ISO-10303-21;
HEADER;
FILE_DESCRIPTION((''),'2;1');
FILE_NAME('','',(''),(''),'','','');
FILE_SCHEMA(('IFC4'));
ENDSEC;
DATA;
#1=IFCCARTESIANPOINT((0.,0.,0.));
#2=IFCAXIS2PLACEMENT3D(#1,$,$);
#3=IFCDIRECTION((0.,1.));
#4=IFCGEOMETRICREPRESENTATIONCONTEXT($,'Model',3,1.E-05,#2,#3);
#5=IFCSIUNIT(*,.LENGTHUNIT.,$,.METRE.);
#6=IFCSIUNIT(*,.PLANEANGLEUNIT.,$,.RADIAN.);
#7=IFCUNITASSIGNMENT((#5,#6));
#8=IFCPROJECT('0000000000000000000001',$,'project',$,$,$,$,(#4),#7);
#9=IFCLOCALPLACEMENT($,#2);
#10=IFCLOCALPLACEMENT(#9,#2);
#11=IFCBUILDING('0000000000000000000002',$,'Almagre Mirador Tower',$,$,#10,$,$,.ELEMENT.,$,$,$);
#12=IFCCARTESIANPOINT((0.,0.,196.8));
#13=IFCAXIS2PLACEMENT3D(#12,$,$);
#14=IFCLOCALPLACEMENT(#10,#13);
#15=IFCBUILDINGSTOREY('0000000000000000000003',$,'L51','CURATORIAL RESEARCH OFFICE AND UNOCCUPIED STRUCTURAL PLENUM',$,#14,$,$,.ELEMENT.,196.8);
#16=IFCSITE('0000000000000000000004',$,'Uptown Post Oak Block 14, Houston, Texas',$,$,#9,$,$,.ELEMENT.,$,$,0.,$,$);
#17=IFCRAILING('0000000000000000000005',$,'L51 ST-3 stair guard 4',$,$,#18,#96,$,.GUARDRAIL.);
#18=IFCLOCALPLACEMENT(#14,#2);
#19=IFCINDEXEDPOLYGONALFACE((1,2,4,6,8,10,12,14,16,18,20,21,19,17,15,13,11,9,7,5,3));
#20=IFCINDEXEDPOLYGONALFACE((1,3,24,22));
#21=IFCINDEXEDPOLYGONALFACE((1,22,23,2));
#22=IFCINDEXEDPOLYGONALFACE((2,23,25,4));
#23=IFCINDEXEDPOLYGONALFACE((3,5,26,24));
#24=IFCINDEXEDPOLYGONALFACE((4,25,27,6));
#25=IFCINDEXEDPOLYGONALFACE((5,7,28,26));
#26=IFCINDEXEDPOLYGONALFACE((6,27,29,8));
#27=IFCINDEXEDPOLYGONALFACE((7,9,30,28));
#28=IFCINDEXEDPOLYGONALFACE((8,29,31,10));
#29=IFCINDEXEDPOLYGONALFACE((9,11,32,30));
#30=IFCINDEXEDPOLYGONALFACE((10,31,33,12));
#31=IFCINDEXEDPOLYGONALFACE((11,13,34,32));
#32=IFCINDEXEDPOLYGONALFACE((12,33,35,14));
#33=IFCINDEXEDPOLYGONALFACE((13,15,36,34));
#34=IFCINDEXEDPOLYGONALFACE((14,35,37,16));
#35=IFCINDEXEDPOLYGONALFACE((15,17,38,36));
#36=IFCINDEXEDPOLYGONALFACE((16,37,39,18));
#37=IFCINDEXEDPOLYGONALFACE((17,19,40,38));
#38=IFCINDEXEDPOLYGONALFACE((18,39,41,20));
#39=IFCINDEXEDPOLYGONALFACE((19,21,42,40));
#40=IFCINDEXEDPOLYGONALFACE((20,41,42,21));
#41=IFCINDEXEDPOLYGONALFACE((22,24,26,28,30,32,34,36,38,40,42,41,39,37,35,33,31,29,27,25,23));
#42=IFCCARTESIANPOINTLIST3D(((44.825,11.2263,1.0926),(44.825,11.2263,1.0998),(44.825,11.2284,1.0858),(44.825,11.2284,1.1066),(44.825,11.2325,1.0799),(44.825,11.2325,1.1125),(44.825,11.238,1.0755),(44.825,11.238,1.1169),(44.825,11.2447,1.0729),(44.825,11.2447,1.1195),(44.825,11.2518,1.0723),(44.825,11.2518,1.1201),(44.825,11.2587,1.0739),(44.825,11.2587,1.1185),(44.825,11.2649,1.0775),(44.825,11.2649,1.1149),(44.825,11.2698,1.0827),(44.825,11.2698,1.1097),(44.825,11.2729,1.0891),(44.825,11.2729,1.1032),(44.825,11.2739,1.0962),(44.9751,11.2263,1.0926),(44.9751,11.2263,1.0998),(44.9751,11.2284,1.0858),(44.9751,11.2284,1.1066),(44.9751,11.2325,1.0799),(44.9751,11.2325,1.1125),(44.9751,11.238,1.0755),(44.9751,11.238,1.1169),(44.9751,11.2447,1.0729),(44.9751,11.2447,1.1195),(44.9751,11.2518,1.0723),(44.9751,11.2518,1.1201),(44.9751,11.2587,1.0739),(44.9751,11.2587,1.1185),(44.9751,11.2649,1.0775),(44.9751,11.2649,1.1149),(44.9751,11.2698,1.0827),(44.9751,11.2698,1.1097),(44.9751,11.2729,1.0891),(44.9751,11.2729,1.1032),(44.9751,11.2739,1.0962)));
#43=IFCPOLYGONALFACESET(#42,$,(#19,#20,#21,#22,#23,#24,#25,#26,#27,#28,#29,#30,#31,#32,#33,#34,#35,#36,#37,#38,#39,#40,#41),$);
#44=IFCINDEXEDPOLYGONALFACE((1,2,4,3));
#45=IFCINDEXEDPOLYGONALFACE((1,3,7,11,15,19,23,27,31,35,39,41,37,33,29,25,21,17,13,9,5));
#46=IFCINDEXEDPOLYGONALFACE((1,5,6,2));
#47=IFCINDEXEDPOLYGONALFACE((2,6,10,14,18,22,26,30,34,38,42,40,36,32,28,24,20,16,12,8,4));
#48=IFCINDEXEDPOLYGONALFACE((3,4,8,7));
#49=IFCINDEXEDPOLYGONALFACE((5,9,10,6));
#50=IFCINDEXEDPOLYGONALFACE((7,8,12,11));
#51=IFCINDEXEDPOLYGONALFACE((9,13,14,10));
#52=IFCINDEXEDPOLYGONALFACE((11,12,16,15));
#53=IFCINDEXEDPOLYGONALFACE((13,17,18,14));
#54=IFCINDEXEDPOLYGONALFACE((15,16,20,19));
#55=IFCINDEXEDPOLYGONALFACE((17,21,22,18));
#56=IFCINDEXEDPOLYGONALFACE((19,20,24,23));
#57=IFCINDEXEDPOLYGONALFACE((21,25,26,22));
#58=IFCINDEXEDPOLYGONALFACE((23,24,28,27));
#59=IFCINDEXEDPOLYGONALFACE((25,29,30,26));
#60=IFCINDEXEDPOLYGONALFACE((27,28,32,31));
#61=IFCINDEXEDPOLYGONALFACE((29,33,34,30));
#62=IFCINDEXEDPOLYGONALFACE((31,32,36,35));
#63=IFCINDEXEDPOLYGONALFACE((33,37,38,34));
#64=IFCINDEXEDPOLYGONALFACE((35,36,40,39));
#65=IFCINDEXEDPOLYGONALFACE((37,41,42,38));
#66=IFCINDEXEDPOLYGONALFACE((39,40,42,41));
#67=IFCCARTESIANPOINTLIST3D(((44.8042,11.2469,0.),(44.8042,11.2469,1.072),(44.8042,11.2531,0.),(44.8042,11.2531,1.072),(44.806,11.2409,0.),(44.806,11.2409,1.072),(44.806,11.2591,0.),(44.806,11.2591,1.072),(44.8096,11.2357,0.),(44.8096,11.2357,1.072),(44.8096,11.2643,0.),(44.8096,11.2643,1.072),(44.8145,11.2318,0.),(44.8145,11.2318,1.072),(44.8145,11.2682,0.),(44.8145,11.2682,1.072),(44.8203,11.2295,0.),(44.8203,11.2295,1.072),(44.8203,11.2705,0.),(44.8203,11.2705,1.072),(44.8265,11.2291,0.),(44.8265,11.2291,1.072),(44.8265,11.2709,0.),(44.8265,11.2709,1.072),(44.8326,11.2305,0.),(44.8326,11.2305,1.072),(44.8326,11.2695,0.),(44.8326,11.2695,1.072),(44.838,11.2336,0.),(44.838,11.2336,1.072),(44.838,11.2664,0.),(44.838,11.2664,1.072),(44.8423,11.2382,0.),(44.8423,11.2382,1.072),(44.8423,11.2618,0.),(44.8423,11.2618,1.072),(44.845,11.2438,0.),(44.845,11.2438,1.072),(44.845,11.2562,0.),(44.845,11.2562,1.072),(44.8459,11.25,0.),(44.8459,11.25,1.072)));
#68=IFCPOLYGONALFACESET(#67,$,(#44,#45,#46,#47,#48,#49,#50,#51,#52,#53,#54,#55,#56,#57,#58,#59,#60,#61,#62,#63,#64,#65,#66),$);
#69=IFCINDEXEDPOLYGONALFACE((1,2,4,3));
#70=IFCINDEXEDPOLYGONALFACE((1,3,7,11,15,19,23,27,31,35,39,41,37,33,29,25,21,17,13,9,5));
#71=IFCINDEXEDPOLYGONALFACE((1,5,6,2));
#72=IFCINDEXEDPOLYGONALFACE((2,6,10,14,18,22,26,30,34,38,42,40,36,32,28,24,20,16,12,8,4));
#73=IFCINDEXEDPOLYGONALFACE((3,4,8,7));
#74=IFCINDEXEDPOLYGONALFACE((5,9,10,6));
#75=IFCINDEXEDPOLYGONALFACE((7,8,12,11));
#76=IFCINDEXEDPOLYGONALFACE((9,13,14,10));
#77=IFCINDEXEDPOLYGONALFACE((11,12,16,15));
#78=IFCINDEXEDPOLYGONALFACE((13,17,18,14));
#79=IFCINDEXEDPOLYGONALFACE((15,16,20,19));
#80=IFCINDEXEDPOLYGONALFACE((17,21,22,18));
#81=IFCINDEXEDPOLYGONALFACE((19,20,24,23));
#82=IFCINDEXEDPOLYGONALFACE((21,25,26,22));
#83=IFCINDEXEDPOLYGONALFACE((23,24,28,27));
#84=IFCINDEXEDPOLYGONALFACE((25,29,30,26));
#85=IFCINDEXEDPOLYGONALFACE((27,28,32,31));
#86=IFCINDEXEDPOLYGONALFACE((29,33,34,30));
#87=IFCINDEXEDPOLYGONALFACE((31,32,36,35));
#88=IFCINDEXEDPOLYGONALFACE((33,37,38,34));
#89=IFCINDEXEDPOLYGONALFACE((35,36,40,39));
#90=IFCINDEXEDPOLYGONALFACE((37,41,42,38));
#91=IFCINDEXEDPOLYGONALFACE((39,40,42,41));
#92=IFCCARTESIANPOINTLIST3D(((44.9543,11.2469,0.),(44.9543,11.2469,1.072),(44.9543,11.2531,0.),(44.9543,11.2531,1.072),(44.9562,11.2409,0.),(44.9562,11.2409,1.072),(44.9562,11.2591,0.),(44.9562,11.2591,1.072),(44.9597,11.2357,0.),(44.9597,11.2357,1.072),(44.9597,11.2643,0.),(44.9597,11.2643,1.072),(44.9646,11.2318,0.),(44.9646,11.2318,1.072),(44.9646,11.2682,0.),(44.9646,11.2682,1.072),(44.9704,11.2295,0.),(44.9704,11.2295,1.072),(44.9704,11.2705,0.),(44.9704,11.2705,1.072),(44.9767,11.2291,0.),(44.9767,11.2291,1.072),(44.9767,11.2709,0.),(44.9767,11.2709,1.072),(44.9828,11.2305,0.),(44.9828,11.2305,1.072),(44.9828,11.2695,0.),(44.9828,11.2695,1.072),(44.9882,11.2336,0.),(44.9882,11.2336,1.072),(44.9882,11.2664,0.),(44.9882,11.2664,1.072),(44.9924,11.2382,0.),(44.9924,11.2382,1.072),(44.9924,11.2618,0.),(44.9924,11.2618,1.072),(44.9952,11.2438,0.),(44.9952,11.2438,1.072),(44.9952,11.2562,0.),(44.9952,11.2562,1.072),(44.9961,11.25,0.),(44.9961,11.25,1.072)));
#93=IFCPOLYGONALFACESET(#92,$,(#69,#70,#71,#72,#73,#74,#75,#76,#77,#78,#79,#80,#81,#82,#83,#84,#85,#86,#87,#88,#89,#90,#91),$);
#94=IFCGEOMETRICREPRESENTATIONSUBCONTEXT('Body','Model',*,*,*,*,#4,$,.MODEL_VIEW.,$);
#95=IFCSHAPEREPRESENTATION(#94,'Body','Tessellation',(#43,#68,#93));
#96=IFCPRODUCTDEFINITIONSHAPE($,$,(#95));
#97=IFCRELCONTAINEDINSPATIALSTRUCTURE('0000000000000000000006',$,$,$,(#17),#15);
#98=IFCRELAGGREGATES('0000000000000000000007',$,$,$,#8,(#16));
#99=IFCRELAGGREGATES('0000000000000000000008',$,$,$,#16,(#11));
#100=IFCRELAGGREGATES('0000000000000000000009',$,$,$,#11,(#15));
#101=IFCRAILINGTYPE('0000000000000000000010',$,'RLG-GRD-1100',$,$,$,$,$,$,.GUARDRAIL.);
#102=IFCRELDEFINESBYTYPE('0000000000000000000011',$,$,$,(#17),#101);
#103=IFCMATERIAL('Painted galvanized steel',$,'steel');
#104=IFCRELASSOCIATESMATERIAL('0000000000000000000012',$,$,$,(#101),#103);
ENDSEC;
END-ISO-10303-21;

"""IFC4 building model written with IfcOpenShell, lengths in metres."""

from ifc_helpers import new_model, si_unit, direction, frame, origin, origin_2d, place, context, subcontext, project, spatial, circle, extrude, material, type_object, element, save


model = new_model("IFC4")

# Units and contexts
model_context = context("Model", 3, precision=1e-05, world=origin(), true_north=direction((0.0, 1.0)))
body_context = subcontext(model_context, "Body", "Model", "MODEL_VIEW")
ifc_project = project(units=[si_unit("LENGTHUNIT", "METRE"), si_unit("PLANEANGLEUNIT", "RADIAN")], contexts=[model_context])

# Site, building, storey
site_placement = place(None, origin())
site = spatial("IfcSite", under=ifc_project, at=site_placement, Name="Uptown Post Oak Block 14, Houston, Texas", CompositionType="ELEMENT", RefElevation=0.0)
building_placement = place(site_placement, origin())
building = spatial("IfcBuilding", under=site, at=building_placement, Name="Almagre Mirador Tower", CompositionType="ELEMENT")
storey_placement = place(building_placement, frame((0.0, 0.0, 196.8)))
storey = spatial("IfcBuildingStorey", under=building, at=storey_placement, Name="L51", Description="CURATORIAL RESEARCH OFFICE AND UNOCCUPIED STRUCTURAL PLENUM", CompositionType="ELEMENT", Elevation=196.8)

# Railing
ifc_material_1 = material(Name="Painted galvanized steel", Category="steel")
railing_type_1 = type_object("IfcRailingType", Name="RLG-GRD-1100", PredefinedType="GUARDRAIL", material=ifc_material_1)
railing_1_placement = place(storey_placement, frame((44.825, 11.25, 0.0)))
element("IfcRailing", 1, at=railing_1_placement, inside=storey, type_object=railing_type_1, Name="L51 ST-3 stair guard 4", PredefinedType="GUARDRAIL", context=body_context, shape_type="SweptSolid", body=[
    extrude(circle(Radius=0.0239, at=origin_2d()), frame((0.0, 0.0, 1.0962), z_axis=(1.0, 0.0, 0.0), x_axis=(0.0, 1.0, 0.0)), (0.0, 0.0, 1.0), 0.1501),
    extrude(circle(Radius=0.021, at=origin_2d()), origin(), (0.0, 0.0, 1.0), 1.072),
    extrude(circle(Radius=0.021, at=origin_2d()), frame((0.1501, 0.0, 0.0)), (0.0, 0.0, 1.0), 1.072),
])

save(model, "model.ifc")
